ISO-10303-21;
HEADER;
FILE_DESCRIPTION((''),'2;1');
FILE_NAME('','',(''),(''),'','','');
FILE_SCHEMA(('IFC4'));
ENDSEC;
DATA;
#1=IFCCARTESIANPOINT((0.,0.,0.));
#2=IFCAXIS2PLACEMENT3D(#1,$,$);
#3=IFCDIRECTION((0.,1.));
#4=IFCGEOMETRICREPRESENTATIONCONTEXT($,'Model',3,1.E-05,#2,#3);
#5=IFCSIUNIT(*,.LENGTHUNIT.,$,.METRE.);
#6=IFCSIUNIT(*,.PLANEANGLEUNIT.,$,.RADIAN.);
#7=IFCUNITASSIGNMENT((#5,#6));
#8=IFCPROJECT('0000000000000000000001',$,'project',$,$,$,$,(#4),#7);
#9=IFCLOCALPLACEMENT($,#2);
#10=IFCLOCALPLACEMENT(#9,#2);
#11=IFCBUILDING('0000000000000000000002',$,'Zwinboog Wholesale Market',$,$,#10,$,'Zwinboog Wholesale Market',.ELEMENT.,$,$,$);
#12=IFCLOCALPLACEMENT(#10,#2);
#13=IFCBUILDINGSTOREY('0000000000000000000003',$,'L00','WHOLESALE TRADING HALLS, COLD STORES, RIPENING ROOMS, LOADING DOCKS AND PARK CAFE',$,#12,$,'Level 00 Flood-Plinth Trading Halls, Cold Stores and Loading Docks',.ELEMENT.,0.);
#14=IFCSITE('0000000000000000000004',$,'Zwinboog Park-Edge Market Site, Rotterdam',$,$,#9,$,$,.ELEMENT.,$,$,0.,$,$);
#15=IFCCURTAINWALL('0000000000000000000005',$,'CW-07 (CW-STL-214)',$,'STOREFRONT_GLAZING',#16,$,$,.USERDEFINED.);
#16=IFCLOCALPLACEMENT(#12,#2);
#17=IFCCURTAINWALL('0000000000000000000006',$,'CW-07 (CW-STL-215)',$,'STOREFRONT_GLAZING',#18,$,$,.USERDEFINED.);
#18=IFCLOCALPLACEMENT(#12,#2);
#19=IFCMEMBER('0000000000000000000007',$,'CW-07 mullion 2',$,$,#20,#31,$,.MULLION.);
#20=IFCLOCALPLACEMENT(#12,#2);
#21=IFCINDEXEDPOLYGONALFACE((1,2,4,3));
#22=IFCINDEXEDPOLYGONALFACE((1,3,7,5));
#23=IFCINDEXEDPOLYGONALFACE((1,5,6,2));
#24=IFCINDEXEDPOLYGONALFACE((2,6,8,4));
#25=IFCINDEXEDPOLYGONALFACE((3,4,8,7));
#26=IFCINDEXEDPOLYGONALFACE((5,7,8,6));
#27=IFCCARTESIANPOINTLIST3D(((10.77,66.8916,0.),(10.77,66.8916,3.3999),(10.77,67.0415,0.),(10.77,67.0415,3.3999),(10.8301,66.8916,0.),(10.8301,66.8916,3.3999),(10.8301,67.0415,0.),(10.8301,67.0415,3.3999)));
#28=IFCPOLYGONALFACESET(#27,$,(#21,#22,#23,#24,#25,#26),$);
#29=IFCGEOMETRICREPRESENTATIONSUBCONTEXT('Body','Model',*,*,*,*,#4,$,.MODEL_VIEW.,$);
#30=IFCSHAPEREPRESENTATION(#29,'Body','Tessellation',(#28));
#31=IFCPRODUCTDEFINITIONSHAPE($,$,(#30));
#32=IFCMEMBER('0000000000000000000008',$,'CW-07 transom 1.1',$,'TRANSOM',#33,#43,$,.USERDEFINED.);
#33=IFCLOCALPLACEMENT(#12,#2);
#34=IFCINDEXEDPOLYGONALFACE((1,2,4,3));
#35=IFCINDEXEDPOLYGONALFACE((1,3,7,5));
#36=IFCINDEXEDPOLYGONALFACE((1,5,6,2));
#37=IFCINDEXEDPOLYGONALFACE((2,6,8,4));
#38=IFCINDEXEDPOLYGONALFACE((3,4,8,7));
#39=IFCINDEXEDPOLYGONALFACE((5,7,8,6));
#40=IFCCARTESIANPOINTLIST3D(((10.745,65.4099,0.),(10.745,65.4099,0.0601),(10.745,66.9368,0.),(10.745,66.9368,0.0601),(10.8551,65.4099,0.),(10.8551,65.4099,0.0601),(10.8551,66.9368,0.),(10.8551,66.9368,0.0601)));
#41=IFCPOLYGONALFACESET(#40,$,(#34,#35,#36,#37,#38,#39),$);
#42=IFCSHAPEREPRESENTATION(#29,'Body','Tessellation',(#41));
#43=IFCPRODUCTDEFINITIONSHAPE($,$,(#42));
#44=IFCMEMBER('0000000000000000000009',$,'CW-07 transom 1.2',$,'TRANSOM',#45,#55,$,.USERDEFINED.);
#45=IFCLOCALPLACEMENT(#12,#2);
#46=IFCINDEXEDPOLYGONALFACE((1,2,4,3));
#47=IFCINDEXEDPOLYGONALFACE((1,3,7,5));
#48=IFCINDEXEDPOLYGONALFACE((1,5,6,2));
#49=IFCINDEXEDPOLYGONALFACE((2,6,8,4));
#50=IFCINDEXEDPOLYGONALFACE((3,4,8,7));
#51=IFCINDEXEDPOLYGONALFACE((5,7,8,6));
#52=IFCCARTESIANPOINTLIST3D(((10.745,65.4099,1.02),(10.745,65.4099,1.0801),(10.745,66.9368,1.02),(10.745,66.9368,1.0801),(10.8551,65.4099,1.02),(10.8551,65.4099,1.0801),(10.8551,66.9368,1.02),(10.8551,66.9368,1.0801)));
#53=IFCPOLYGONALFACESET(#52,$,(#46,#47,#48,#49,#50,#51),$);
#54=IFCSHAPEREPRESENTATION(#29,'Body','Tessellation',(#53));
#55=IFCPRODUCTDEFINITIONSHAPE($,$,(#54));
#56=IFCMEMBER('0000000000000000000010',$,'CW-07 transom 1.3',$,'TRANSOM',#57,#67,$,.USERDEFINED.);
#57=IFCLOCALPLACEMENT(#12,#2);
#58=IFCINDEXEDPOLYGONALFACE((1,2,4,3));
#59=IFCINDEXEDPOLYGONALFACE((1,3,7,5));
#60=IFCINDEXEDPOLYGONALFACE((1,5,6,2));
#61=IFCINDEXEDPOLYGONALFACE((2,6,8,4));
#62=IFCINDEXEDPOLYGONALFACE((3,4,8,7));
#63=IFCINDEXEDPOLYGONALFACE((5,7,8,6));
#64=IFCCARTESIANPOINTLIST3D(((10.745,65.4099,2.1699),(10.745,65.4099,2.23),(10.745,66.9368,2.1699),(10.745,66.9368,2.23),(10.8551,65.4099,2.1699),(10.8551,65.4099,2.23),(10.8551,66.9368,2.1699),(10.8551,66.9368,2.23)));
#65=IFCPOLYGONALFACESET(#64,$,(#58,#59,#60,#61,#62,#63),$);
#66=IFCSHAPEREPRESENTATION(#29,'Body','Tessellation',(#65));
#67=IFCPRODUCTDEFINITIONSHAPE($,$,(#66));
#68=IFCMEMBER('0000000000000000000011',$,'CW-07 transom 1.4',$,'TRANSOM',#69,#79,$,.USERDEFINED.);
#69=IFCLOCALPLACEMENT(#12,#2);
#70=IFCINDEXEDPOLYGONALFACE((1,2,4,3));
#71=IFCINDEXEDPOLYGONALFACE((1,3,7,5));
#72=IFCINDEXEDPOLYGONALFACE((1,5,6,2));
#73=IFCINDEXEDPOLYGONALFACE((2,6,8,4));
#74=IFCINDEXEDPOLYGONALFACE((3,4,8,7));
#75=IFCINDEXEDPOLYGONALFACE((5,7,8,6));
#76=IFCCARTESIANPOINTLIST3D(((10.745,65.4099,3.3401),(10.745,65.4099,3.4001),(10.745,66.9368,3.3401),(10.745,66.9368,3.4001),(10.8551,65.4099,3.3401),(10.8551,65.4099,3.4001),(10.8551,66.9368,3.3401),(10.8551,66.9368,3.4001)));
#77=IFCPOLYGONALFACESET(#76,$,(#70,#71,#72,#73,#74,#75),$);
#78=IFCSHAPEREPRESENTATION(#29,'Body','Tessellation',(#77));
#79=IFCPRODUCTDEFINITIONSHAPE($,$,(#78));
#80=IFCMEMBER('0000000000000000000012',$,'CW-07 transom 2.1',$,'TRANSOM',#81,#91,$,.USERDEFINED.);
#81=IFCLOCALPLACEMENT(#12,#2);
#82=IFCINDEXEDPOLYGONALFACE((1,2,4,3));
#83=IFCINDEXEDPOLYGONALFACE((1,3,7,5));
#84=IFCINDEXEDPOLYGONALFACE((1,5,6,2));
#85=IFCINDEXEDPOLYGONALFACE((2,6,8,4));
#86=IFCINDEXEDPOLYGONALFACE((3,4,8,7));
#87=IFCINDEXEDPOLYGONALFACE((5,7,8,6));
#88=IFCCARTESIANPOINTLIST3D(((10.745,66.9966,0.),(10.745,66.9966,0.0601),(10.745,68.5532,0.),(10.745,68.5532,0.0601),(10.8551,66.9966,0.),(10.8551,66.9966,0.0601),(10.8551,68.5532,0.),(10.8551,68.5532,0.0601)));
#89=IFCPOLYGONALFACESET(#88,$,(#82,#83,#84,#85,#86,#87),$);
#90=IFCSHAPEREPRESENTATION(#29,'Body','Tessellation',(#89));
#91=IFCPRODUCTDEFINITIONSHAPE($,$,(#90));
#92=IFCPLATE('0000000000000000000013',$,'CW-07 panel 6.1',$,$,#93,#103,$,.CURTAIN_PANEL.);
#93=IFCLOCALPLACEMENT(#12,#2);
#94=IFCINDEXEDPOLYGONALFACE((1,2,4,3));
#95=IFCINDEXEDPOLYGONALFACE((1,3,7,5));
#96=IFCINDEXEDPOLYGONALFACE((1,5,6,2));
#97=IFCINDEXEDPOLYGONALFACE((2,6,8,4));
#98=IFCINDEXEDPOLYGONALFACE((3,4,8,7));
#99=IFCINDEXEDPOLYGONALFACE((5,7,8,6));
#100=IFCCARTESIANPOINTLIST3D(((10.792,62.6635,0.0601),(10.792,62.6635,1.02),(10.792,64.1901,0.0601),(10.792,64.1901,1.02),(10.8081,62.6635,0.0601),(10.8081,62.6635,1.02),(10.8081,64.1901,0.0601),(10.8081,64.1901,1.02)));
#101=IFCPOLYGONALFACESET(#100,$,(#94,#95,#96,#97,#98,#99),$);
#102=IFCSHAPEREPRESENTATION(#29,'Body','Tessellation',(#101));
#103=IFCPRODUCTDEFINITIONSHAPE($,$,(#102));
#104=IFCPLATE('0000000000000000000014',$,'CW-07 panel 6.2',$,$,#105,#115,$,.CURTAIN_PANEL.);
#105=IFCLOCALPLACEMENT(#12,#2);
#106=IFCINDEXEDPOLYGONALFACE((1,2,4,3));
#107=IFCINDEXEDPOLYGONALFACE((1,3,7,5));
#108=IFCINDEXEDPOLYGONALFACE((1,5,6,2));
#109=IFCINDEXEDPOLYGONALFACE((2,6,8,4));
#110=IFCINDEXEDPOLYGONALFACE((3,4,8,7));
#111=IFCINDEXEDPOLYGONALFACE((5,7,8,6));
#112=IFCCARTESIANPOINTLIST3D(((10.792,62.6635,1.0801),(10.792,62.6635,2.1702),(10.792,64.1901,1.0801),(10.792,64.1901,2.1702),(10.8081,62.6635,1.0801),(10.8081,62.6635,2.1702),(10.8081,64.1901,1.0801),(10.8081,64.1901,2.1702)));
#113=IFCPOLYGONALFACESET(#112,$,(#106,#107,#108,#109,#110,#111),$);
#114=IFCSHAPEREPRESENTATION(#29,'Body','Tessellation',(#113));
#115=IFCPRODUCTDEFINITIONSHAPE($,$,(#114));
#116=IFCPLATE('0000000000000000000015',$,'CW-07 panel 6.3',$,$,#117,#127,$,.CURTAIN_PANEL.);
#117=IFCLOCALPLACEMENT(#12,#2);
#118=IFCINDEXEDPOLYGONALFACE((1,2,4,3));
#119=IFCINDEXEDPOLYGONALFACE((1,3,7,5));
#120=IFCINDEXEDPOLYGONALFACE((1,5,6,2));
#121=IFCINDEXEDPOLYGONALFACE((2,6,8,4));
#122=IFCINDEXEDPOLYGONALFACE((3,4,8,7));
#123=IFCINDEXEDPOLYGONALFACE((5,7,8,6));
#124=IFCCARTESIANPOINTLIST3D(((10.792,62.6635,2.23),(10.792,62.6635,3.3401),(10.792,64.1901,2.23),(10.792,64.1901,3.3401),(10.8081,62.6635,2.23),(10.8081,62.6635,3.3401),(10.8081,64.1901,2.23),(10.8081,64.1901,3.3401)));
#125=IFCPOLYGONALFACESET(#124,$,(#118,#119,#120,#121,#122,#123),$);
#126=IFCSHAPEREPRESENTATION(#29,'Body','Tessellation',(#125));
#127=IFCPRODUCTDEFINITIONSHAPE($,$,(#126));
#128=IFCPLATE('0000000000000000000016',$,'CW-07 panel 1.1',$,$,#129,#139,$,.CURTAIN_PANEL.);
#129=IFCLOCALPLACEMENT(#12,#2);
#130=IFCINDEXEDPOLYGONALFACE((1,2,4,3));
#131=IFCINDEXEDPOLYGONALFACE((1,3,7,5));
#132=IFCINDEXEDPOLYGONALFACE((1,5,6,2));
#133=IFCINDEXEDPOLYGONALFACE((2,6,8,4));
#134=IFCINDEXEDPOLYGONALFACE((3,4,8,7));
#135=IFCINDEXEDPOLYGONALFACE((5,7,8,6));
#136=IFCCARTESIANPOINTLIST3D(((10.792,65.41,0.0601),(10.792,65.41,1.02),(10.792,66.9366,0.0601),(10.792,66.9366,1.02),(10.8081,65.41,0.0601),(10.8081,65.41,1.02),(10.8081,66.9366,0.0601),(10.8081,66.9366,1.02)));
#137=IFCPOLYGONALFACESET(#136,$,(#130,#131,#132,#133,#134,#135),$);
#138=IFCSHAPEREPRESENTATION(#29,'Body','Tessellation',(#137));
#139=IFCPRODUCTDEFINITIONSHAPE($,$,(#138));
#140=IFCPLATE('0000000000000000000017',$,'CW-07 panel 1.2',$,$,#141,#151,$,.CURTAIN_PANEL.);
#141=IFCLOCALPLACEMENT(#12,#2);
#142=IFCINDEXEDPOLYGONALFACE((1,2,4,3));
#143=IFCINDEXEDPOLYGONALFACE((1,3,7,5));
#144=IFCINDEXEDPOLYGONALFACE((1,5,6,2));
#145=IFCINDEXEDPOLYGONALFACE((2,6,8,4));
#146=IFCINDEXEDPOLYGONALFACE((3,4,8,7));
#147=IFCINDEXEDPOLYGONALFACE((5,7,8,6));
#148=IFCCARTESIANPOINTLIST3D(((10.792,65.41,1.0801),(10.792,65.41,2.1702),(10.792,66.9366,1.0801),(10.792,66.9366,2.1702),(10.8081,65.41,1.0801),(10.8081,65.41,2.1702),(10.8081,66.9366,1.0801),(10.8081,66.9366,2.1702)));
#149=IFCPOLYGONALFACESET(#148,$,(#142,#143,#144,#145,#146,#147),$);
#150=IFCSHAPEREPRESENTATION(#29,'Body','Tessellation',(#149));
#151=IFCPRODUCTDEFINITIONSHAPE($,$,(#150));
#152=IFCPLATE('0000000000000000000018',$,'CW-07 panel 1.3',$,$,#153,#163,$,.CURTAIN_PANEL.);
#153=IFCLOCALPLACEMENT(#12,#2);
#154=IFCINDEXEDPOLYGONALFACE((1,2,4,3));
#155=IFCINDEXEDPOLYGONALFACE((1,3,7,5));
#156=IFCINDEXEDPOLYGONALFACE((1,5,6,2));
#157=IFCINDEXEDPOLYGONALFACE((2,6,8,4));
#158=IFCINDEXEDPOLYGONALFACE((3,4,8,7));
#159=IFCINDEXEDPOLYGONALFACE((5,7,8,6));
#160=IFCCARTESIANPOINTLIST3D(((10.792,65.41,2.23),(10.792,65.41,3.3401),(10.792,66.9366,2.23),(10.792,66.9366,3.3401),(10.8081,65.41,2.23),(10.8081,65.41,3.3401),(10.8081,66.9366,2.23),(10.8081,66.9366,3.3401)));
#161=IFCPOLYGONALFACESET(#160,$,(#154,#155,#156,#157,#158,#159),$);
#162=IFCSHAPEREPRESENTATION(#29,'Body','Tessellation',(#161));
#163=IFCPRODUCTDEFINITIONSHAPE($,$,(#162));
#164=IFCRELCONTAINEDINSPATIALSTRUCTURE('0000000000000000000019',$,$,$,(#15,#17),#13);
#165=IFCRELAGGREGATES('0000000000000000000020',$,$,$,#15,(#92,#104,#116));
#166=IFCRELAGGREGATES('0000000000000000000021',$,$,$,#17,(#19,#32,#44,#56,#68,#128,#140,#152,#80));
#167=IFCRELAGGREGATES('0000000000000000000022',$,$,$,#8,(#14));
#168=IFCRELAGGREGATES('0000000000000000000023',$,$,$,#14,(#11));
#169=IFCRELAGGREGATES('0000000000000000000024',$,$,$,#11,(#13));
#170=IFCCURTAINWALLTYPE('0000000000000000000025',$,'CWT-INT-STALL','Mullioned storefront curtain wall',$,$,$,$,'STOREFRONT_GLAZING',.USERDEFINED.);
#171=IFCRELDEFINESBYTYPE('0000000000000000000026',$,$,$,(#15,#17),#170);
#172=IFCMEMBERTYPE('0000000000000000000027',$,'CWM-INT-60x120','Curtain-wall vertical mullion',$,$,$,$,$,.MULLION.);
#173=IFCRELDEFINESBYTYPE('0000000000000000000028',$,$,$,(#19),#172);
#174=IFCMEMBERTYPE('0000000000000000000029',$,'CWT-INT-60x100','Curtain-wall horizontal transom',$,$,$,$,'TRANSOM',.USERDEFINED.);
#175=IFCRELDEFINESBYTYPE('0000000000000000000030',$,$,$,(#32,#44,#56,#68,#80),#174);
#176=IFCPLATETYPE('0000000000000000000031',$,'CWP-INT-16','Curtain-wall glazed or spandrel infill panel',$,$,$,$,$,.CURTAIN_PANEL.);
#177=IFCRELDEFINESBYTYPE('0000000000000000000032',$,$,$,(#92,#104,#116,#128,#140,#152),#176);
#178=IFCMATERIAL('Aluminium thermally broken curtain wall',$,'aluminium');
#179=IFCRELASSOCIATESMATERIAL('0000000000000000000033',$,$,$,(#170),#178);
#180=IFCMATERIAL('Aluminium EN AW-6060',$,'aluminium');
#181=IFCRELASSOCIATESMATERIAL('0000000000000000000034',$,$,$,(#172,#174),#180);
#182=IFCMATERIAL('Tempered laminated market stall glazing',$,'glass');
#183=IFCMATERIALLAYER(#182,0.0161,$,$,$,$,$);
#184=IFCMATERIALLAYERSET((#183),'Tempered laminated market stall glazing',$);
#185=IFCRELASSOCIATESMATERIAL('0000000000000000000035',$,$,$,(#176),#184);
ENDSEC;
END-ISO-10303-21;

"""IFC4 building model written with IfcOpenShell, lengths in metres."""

from ifc_helpers import new_model, si_unit, direction, frame, origin, origin_2d, place, context, subcontext, project, spatial, rectangle, extrude, material, layer, layer_set, material_profile, profile_set, type_object, element, aggregate, save


model = new_model("IFC4")

# Units and contexts
model_context = context("Model", 3, precision=1e-05, world=origin(), true_north=direction((0.0, 1.0)))
body_context = subcontext(model_context, "Body", "Model", "MODEL_VIEW")
ifc_project = project(units=[si_unit("LENGTHUNIT", "METRE"), si_unit("PLANEANGLEUNIT", "RADIAN")], contexts=[model_context])

# Site, building, storey
site_placement = place(None, origin())
site = spatial("IfcSite", under=ifc_project, at=site_placement, Name="Zwinboog Park-Edge Market Site, Rotterdam", CompositionType="ELEMENT", RefElevation=0.0)
building_placement = place(site_placement, origin())
building = spatial("IfcBuilding", under=site, at=building_placement, Name="Zwinboog Wholesale Market", LongName="Zwinboog Wholesale Market", CompositionType="ELEMENT")
storey_placement = place(building_placement, origin())
storey = spatial("IfcBuildingStorey", under=building, at=storey_placement, Name="L00", Description="WHOLESALE TRADING HALLS, COLD STORES, RIPENING ROOMS, LOADING DOCKS AND PARK CAFE", LongName="Level 00 Flood-Plinth Trading Halls, Cold Stores and Loading Docks", CompositionType="ELEMENT", Elevation=0.0)

# Curtain wall
ifc_material_1 = material(Name="Aluminium thermally broken curtain wall", Category="aluminium")
curtain_wall_type = type_object("IfcCurtainWallType", Name="CWT-INT-STALL", Description="Mullioned storefront curtain wall", ElementType="STOREFRONT_GLAZING", PredefinedType="USERDEFINED", material=ifc_material_1)
curtain_wall_1_placement = place(storey_placement, origin())
curtain_wall_1 = element("IfcCurtainWall", 1, at=curtain_wall_1_placement, inside=storey, type_object=curtain_wall_type, Name="CW-07 (CW-STL-214)", ObjectType="STOREFRONT_GLAZING", PredefinedType="USERDEFINED")
ifc_material_2 = material(Name="Aluminium EN AW-6060", Category="aluminium")
ifc_material_profile_1 = material_profile(ifc_material_2, rectangle(XDim=0.0601, YDim=0.1499, at=origin_2d()), Name="AL 60x150")
ifc_profile_set_1 = profile_set([ifc_material_profile_1], Name="Aluminium EN AW-6060")
member_type_1 = type_object("IfcMemberType", Name="CWM-INT-60x120", Description="Curtain-wall vertical mullion", PredefinedType="MULLION", material=ifc_profile_set_1)

# Curtain wall, members
curtain_wall_2_placement = place(storey_placement, origin())
curtain_wall_2 = element("IfcCurtainWall", 2, at=curtain_wall_2_placement, inside=storey, type_object=curtain_wall_type, Name="CW-07 (CW-STL-215)", ObjectType="STOREFRONT_GLAZING", PredefinedType="USERDEFINED")
member_1_placement = place(storey_placement, frame((10.8, 66.9666, 0.0), z_axis=(0.0, 0.0, 1.0), x_axis=(-1.0, 0.0, 0.0)))
member_1 = element("IfcMember", 3, at=member_1_placement, type_object=member_type_1, Name="CW-07 mullion 2", PredefinedType="MULLION", context=body_context, shape_type="SweptSolid", body=[
    extrude(rectangle(XDim=0.0601, YDim=0.1499, at=origin_2d()), origin(), (0.0, 0.0, 1.0), 3.3999),
])
ifc_material_profile_2 = material_profile(ifc_material_2, rectangle(XDim=0.1101, YDim=0.0601, at=origin_2d()), Name="AL 60x110")
ifc_profile_set_2 = profile_set([ifc_material_profile_2], Name="Aluminium EN AW-6060")
member_type_2 = type_object("IfcMemberType", Name="CWT-INT-60x100", Description="Curtain-wall horizontal transom", ElementType="TRANSOM", PredefinedType="USERDEFINED", material=ifc_profile_set_2)
member_2_placement = place(storey_placement, frame((10.8, 65.4099, 0.03), z_axis=(0.0, 1.0, 0.0), x_axis=(-1.0, 0.0, 0.0)))
member_2 = element("IfcMember", 4, at=member_2_placement, type_object=member_type_2, Name="CW-07 transom 1.1", ObjectType="TRANSOM", PredefinedType="USERDEFINED", context=body_context, shape_type="SweptSolid", body=[
    extrude(rectangle(XDim=0.1101, YDim=0.0601, at=origin_2d()), origin(), (0.0, 0.0, 1.0), 1.5269),
])
member_3_placement = place(storey_placement, frame((10.8, 65.4099, 1.05), z_axis=(0.0, 1.0, 0.0), x_axis=(-1.0, 0.0, 0.0)))
member_3 = element("IfcMember", 5, at=member_3_placement, type_object=member_type_2, Name="CW-07 transom 1.2", ObjectType="TRANSOM", PredefinedType="USERDEFINED", context=body_context, shape_type="SweptSolid", body=[
    extrude(rectangle(XDim=0.1101, YDim=0.0601, at=origin_2d()), origin(), (0.0, 0.0, 1.0), 1.5269),
])
member_4_placement = place(storey_placement, frame((10.8, 65.4099, 2.2), z_axis=(0.0, 1.0, 0.0), x_axis=(-1.0, 0.0, 0.0)))
member_4 = element("IfcMember", 6, at=member_4_placement, type_object=member_type_2, Name="CW-07 transom 1.3", ObjectType="TRANSOM", PredefinedType="USERDEFINED", context=body_context, shape_type="SweptSolid", body=[
    extrude(rectangle(XDim=0.1101, YDim=0.0601, at=origin_2d()), origin(), (0.0, 0.0, 1.0), 1.5269),
])
member_5_placement = place(storey_placement, frame((10.8, 65.4099, 3.3701), z_axis=(0.0, 1.0, 0.0), x_axis=(-1.0, 0.0, 0.0)))
member_5 = element("IfcMember", 7, at=member_5_placement, type_object=member_type_2, Name="CW-07 transom 1.4", ObjectType="TRANSOM", PredefinedType="USERDEFINED", context=body_context, shape_type="SweptSolid", body=[
    extrude(rectangle(XDim=0.1101, YDim=0.0601, at=origin_2d()), origin(), (0.0, 0.0, 1.0), 1.5269),
])
member_6_placement = place(storey_placement, frame((10.8, 66.9966, 0.03), z_axis=(0.0, 1.0, 0.0), x_axis=(-1.0, 0.0, 0.0)))
member_6 = element("IfcMember", 8, at=member_6_placement, type_object=member_type_2, Name="CW-07 transom 2.1", ObjectType="TRANSOM", PredefinedType="USERDEFINED", context=body_context, shape_type="SweptSolid", body=[
    extrude(rectangle(XDim=0.1101, YDim=0.0601, at=origin_2d()), origin(), (0.0, 0.0, 1.0), 1.5566),
])

# Plates
ifc_material_3 = material(Name="Tempered laminated market stall glazing", Category="glass")
ifc_layer = layer(ifc_material_3, 0.0161)
ifc_layer_set = layer_set([ifc_layer], Name="Tempered laminated market stall glazing")
plate_type = type_object("IfcPlateType", Name="CWP-INT-16", Description="Curtain-wall glazed or spandrel infill panel", PredefinedType="CURTAIN_PANEL", material=ifc_layer_set)
plate_1_placement = place(storey_placement, frame((10.8, 63.4268, 0.0601), z_axis=(0.0, 0.0, 1.0), x_axis=(0.0, 1.0, 0.0)))
plate_1 = element("IfcPlate", 9, at=plate_1_placement, type_object=plate_type, Name="CW-07 panel 6.1", PredefinedType="CURTAIN_PANEL", context=body_context, shape_type="SweptSolid", body=[
    extrude(rectangle(XDim=1.5266, YDim=0.0161, at=origin_2d()), origin(), (0.0, 0.0, 1.0), 0.96),
])
plate_2_placement = place(storey_placement, frame((10.8, 63.4268, 1.0801), z_axis=(0.0, 0.0, 1.0), x_axis=(0.0, 1.0, 0.0)))
plate_2 = element("IfcPlate", 10, at=plate_2_placement, type_object=plate_type, Name="CW-07 panel 6.2", PredefinedType="CURTAIN_PANEL", context=body_context, shape_type="SweptSolid", body=[
    extrude(rectangle(XDim=1.5266, YDim=0.0161, at=origin_2d()), origin(), (0.0, 0.0, 1.0), 1.0901),
])
plate_3_placement = place(storey_placement, frame((10.8, 63.4268, 2.23), z_axis=(0.0, 0.0, 1.0), x_axis=(0.0, 1.0, 0.0)))
plate_3 = element("IfcPlate", 11, at=plate_3_placement, type_object=plate_type, Name="CW-07 panel 6.3", PredefinedType="CURTAIN_PANEL", context=body_context, shape_type="SweptSolid", body=[
    extrude(rectangle(XDim=1.5266, YDim=0.0161, at=origin_2d()), origin(), (0.0, 0.0, 1.0), 1.1101),
])
aggregate(curtain_wall_1, [plate_1, plate_2, plate_3])
plate_4_placement = place(storey_placement, frame((10.8, 66.1733, 0.0601), z_axis=(0.0, 0.0, 1.0), x_axis=(0.0, 1.0, 0.0)))
plate_4 = element("IfcPlate", 12, at=plate_4_placement, type_object=plate_type, Name="CW-07 panel 1.1", PredefinedType="CURTAIN_PANEL", context=body_context, shape_type="SweptSolid", body=[
    extrude(rectangle(XDim=1.5266, YDim=0.0161, at=origin_2d()), origin(), (0.0, 0.0, 1.0), 0.96),
])
plate_5_placement = place(storey_placement, frame((10.8, 66.1733, 1.0801), z_axis=(0.0, 0.0, 1.0), x_axis=(0.0, 1.0, 0.0)))
plate_5 = element("IfcPlate", 13, at=plate_5_placement, type_object=plate_type, Name="CW-07 panel 1.2", PredefinedType="CURTAIN_PANEL", context=body_context, shape_type="SweptSolid", body=[
    extrude(rectangle(XDim=1.5266, YDim=0.0161, at=origin_2d()), origin(), (0.0, 0.0, 1.0), 1.0901),
])
plate_6_placement = place(storey_placement, frame((10.8, 66.1733, 2.23), z_axis=(0.0, 0.0, 1.0), x_axis=(0.0, 1.0, 0.0)))
plate_6 = element("IfcPlate", 14, at=plate_6_placement, type_object=plate_type, Name="CW-07 panel 1.3", PredefinedType="CURTAIN_PANEL", context=body_context, shape_type="SweptSolid", body=[
    extrude(rectangle(XDim=1.5266, YDim=0.0161, at=origin_2d()), origin(), (0.0, 0.0, 1.0), 1.1101),
])
aggregate(curtain_wall_2, [member_1, member_2, member_3, member_4, member_5, plate_4, plate_5, plate_6, member_6])

save(model, "model.ifc")
